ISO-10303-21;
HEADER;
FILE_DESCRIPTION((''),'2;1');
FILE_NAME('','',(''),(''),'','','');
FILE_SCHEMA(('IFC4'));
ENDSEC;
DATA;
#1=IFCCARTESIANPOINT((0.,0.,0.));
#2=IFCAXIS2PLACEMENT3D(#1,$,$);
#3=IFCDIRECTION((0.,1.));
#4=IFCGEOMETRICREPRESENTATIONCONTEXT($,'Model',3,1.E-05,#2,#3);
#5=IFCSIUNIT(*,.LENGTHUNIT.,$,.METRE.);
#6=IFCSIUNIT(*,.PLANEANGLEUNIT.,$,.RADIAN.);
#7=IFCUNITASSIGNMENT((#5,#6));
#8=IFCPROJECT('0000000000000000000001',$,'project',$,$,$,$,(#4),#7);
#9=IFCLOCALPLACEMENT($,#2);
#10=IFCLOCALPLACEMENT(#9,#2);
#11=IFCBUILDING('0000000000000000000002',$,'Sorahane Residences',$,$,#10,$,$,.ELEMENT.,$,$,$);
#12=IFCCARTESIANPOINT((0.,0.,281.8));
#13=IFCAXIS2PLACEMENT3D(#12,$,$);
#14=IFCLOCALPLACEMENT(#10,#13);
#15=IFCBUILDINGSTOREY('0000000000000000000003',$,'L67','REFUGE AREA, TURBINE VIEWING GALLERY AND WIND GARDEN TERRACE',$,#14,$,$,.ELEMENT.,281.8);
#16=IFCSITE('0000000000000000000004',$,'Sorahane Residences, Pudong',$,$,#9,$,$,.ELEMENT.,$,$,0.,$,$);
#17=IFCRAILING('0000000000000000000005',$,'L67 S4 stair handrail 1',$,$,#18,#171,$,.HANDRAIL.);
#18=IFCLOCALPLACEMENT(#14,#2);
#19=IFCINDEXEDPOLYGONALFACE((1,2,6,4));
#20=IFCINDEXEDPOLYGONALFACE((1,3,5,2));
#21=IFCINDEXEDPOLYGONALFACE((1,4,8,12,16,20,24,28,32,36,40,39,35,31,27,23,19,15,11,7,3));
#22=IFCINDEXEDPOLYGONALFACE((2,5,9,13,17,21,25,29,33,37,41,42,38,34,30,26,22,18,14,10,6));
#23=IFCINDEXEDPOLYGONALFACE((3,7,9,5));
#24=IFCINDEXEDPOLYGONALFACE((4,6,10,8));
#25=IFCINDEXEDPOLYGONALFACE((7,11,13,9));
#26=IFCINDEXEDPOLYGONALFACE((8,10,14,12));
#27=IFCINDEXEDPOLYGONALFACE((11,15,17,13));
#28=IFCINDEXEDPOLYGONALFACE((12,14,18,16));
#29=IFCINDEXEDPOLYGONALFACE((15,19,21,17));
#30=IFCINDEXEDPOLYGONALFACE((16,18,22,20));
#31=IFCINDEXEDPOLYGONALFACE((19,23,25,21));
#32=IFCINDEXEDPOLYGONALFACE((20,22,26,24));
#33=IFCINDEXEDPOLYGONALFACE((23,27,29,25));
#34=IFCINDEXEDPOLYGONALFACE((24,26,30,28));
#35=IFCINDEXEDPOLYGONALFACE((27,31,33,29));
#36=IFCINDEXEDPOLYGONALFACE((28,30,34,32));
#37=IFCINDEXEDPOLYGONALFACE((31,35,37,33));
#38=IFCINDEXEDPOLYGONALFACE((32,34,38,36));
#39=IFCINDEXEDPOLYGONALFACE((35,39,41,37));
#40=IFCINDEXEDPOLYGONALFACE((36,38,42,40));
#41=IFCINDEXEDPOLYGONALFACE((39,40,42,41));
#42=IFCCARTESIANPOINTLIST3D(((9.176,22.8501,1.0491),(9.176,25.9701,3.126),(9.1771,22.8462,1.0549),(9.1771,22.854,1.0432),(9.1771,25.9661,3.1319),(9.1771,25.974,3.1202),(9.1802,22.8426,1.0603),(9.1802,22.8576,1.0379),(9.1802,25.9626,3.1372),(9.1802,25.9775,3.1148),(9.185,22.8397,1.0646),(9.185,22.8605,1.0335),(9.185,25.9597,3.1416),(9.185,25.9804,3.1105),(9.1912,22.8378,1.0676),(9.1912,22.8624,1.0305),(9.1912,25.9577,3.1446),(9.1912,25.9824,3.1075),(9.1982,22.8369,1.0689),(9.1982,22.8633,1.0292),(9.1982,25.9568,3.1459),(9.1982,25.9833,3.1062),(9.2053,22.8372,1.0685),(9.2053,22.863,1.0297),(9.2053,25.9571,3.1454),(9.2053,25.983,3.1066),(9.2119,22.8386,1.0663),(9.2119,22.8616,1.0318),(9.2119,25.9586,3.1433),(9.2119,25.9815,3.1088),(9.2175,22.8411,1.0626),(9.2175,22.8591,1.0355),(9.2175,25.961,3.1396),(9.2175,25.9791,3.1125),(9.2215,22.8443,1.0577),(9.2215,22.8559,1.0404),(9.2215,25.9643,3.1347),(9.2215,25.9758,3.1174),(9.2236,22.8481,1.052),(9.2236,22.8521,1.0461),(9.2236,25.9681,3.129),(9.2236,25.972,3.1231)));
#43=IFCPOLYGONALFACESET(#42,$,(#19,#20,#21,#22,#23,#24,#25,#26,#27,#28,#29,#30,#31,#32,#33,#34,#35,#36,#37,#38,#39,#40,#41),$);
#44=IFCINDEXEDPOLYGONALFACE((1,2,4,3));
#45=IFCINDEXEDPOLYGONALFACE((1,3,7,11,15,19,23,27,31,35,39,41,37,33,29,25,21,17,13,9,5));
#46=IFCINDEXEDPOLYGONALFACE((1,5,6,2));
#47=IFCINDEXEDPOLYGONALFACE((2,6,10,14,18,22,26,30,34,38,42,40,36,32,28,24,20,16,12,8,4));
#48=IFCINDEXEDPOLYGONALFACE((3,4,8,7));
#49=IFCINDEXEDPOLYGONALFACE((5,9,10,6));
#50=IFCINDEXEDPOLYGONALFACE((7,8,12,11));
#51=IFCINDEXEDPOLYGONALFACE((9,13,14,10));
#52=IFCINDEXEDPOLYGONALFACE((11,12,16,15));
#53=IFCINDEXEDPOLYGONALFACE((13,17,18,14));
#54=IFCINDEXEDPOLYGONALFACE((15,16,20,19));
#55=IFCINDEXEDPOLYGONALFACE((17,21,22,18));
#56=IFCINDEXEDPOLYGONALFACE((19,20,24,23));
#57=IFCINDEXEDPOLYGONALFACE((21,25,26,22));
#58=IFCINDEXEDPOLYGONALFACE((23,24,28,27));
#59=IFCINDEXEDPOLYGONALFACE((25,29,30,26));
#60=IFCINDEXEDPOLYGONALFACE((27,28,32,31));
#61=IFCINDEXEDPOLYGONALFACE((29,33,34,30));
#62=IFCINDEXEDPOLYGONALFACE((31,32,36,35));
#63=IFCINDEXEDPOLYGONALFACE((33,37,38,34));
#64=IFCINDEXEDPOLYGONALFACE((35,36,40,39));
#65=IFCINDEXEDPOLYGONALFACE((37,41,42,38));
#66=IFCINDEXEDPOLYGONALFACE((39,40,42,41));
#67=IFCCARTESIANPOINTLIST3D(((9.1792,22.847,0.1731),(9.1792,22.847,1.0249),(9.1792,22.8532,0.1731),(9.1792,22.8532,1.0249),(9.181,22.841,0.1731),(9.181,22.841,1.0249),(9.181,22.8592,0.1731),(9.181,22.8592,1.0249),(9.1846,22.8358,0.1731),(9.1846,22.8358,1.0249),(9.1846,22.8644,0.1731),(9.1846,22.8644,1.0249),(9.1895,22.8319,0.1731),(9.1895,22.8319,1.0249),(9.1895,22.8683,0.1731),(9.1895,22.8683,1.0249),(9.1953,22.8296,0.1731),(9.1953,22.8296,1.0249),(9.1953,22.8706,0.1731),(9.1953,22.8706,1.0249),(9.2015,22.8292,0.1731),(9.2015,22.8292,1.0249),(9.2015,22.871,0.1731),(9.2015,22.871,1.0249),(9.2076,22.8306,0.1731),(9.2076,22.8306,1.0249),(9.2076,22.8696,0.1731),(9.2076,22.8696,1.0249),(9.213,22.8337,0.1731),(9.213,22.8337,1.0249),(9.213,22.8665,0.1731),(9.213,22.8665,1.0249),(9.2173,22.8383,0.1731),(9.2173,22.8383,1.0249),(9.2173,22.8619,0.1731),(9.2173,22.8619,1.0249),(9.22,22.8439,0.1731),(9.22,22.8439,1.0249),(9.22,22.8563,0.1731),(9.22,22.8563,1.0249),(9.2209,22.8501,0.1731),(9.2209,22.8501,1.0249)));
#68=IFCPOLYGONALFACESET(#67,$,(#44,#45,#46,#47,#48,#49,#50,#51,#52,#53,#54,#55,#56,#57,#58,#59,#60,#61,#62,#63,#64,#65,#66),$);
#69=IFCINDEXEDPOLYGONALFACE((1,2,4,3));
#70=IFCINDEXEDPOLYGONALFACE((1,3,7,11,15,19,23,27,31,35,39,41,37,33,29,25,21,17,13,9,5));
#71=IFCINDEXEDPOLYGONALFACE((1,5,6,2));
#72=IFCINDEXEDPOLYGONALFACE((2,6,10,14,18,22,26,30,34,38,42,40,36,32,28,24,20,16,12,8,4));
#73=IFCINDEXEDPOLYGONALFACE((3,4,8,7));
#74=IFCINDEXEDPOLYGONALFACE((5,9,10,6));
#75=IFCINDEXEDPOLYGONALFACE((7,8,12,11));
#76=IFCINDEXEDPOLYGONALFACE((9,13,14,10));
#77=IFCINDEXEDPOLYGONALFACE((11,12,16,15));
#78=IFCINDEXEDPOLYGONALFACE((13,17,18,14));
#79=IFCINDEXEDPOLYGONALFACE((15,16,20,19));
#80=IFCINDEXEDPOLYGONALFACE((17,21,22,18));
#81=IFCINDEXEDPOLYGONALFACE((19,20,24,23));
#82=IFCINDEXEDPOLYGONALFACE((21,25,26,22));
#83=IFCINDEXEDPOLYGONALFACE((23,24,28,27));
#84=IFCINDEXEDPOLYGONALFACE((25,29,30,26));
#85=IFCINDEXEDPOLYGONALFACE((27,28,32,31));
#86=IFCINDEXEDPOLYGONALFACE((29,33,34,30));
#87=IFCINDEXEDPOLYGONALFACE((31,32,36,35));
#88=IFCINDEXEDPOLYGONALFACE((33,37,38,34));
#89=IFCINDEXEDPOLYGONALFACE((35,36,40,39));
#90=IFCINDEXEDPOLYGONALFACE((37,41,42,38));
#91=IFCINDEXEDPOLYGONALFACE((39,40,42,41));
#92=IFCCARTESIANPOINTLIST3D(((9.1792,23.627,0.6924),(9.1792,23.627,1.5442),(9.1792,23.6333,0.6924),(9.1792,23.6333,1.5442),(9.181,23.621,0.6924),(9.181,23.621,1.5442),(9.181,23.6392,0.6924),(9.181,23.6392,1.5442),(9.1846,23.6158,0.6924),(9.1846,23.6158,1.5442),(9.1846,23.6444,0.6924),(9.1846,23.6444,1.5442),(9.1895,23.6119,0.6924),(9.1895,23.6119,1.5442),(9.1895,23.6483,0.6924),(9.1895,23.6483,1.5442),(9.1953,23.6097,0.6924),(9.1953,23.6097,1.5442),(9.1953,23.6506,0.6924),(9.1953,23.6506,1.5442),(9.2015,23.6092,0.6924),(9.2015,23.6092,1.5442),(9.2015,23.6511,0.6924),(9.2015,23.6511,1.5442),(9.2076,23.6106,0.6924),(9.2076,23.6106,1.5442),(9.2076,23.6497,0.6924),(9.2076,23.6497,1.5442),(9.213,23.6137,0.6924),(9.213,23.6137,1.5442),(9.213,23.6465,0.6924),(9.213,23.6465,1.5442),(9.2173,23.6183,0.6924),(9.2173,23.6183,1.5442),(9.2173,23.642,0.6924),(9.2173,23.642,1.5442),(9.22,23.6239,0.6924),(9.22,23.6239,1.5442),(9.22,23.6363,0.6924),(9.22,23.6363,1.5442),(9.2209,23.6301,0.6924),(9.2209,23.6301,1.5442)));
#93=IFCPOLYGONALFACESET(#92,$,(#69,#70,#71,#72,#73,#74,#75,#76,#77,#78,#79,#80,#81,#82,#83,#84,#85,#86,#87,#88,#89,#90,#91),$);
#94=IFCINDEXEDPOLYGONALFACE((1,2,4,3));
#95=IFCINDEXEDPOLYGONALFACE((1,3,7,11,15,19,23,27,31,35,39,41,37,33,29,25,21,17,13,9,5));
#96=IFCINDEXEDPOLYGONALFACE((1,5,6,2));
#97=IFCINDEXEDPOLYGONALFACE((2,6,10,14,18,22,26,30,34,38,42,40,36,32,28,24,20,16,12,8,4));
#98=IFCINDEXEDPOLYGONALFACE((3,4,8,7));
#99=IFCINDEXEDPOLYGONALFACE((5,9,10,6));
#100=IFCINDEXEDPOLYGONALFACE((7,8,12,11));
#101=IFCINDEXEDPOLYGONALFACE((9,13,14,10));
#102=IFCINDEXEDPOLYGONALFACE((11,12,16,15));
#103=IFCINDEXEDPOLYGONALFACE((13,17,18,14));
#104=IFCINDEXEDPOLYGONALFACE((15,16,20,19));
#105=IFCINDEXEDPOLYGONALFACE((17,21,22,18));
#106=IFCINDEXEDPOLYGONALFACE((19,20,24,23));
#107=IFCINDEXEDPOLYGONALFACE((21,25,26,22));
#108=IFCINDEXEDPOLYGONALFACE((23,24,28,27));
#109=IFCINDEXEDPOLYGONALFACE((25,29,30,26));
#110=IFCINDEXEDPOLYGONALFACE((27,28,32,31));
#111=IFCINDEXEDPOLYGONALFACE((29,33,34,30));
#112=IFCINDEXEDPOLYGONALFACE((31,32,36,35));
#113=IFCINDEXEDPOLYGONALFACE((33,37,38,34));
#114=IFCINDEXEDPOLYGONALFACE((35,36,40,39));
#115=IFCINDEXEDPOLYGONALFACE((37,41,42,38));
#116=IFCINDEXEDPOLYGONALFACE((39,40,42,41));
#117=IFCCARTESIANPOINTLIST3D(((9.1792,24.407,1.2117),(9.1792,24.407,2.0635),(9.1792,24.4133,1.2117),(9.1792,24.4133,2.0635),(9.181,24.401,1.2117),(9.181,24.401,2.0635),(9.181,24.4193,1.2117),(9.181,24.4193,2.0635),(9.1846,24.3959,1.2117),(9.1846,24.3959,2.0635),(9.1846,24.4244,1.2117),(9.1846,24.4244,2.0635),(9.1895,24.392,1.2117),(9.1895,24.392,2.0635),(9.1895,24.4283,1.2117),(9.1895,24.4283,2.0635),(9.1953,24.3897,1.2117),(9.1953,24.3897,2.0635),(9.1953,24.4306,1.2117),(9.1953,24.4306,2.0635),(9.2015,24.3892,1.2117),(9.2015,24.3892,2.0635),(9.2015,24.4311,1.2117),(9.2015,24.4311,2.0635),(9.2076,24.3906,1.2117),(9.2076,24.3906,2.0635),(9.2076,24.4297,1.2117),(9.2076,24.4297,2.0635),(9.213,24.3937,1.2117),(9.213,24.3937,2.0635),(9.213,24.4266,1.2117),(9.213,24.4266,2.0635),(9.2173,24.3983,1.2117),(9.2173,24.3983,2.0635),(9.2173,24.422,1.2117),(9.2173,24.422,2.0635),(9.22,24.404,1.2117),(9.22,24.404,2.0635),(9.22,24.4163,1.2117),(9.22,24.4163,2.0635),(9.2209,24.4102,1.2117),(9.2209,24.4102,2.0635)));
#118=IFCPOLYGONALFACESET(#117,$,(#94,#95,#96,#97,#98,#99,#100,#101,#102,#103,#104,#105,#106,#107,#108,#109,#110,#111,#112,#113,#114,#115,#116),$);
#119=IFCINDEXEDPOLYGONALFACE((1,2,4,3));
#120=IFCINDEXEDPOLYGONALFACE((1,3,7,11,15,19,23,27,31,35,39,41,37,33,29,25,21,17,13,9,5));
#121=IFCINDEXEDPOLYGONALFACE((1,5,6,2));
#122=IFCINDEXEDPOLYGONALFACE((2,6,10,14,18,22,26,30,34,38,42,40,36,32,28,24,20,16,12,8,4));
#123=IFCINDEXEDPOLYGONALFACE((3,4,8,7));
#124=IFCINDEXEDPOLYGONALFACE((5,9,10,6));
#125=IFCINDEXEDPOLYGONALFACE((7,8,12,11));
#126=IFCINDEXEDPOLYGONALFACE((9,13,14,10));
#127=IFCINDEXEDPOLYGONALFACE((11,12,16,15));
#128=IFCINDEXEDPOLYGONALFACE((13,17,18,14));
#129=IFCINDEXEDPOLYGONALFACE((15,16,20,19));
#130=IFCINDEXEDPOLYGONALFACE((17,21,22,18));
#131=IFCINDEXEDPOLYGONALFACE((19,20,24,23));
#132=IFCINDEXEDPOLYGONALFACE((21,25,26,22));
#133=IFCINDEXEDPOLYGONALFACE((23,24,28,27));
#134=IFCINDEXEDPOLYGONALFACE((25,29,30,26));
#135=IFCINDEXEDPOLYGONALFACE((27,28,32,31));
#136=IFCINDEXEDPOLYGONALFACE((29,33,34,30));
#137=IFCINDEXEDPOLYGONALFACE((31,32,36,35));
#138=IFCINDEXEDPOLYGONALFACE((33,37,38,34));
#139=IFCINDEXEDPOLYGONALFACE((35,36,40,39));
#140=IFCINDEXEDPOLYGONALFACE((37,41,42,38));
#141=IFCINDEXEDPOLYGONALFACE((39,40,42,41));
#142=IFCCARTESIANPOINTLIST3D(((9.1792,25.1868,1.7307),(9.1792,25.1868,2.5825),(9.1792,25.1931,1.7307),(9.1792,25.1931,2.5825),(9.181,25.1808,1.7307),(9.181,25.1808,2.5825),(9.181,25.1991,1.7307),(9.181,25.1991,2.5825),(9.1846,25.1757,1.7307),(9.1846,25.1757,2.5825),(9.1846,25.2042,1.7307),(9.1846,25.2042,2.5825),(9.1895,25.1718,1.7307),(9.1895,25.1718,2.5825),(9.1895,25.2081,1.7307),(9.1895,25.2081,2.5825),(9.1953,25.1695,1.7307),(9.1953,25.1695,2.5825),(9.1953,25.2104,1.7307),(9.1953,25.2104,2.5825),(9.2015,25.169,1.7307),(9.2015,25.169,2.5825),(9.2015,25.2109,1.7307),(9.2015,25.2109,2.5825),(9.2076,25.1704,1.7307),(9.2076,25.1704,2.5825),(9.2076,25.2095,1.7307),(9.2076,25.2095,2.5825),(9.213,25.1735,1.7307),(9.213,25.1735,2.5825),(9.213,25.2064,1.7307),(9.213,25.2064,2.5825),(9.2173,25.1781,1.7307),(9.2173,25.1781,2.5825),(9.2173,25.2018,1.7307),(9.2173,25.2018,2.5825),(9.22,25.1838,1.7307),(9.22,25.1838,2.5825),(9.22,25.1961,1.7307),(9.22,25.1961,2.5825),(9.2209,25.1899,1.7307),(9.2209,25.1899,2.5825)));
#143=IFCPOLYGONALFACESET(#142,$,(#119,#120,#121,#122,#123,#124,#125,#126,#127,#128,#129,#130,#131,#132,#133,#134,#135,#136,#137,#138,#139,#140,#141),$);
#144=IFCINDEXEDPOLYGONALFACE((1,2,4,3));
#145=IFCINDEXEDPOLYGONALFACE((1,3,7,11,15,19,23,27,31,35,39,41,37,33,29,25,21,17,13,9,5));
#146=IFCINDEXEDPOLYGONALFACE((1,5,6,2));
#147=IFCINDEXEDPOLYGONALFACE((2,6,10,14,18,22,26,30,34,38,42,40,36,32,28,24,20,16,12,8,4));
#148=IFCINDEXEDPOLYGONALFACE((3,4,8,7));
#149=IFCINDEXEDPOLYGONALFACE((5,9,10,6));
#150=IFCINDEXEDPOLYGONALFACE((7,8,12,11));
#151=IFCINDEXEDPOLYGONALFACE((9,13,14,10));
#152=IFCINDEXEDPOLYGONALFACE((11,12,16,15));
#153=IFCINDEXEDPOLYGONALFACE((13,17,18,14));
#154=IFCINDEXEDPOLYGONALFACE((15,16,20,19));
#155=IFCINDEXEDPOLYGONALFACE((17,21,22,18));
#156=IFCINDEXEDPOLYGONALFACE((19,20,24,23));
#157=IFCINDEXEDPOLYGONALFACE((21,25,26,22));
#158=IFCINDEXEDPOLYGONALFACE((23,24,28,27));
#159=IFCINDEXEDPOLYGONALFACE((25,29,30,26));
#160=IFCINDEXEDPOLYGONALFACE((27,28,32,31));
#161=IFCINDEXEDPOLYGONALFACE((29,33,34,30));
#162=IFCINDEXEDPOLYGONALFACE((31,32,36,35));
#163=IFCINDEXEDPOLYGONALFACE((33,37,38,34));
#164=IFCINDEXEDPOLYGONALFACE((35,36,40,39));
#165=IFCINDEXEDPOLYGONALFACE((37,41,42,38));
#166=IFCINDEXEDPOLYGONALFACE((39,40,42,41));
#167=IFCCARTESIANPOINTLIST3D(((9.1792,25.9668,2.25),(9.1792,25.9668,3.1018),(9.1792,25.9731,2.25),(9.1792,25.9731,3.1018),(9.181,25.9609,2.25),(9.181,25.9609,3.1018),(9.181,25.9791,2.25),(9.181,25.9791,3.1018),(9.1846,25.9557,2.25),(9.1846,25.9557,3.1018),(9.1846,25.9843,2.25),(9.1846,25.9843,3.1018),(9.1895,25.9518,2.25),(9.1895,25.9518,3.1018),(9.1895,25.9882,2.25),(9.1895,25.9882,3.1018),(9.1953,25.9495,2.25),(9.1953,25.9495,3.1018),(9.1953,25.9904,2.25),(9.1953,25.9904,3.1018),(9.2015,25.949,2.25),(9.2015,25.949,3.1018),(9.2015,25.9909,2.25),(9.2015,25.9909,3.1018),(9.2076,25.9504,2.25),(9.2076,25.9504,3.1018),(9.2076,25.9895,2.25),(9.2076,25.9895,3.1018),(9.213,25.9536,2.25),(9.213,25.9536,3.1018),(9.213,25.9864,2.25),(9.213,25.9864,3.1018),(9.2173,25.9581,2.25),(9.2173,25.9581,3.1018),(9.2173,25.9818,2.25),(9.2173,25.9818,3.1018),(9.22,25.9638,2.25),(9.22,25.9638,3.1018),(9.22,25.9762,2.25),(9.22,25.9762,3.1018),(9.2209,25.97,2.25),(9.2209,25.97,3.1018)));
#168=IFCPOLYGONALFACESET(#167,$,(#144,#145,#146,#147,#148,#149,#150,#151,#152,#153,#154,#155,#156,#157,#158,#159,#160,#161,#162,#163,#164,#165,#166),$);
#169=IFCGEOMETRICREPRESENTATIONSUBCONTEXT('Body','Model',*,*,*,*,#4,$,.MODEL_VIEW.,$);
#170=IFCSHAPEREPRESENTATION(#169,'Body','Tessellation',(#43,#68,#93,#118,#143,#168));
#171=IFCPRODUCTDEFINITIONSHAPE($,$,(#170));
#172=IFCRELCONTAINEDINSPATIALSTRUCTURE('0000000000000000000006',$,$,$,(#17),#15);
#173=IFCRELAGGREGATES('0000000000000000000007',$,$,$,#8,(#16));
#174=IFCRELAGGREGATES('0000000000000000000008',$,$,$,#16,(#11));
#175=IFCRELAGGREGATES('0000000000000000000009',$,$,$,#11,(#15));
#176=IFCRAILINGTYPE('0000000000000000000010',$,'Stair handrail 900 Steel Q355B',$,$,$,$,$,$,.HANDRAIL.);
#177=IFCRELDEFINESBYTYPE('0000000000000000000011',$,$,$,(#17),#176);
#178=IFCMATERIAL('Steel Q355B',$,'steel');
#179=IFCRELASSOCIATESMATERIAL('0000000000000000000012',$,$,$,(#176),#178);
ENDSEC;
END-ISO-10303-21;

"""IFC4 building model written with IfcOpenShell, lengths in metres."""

from ifc_helpers import new_model, si_unit, direction, frame, origin, origin_2d, place, context, subcontext, project, spatial, circle, extrude, material, type_object, element, save


model = new_model("IFC4")

# Units and contexts
model_context = context("Model", 3, precision=1e-05, world=origin(), true_north=direction((0.0, 1.0)))
body_context = subcontext(model_context, "Body", "Model", "MODEL_VIEW")
ifc_project = project(units=[si_unit("LENGTHUNIT", "METRE"), si_unit("PLANEANGLEUNIT", "RADIAN")], contexts=[model_context])

# Site, building, storey
site_placement = place(None, origin())
site = spatial("IfcSite", under=ifc_project, at=site_placement, Name="Sorahane Residences, Pudong", CompositionType="ELEMENT", RefElevation=0.0)
building_placement = place(site_placement, origin())
building = spatial("IfcBuilding", under=site, at=building_placement, Name="Sorahane Residences", CompositionType="ELEMENT")
storey_placement = place(building_placement, frame((0.0, 0.0, 281.8)))
storey = spatial("IfcBuildingStorey", under=building, at=storey_placement, Name="L67", Description="REFUGE AREA, TURBINE VIEWING GALLERY AND WIND GARDEN TERRACE", CompositionType="ELEMENT", Elevation=281.8)

# Railing
ifc_material_1 = material(Name="Steel Q355B", Category="steel")
railing_type_1 = type_object("IfcRailingType", Name="Stair handrail 900 Steel Q355B", PredefinedType="HANDRAIL", material=ifc_material_1)
railing_1_placement = place(storey_placement, frame((9.2, 22.8501, 0.1731)))
element("IfcRailing", 1, at=railing_1_placement, inside=storey, type_object=railing_type_1, Name="L67 S4 stair handrail 1", PredefinedType="HANDRAIL", context=body_context, shape_type="SweptSolid", body=[
    extrude(circle(Radius=0.0239, at=origin_2d()), frame((0.0, 0.0, 0.876), z_axis=(0.0, 0.832421, 0.554144), x_axis=(-1.0, 0.0, 0.0)), (0.0, 0.0, 1.0), 3.748),
    extrude(circle(Radius=0.021, at=origin_2d()), origin(), (0.0, 0.0, 1.0), 0.8518),
    extrude(circle(Radius=0.021, at=origin_2d()), frame((0.0, 0.78, 0.5193)), (0.0, 0.0, 1.0), 0.8518),
    extrude(circle(Radius=0.021, at=origin_2d()), frame((0.0, 1.5601, 1.0386)), (0.0, 0.0, 1.0), 0.8518),
    extrude(circle(Radius=0.021, at=origin_2d()), frame((0.0, 2.3398, 1.5576)), (0.0, 0.0, 1.0), 0.8518),
    extrude(circle(Radius=0.021, at=origin_2d()), frame((0.0, 3.1199, 2.0769)), (0.0, 0.0, 1.0), 0.8518),
])

save(model, "model.ifc")
